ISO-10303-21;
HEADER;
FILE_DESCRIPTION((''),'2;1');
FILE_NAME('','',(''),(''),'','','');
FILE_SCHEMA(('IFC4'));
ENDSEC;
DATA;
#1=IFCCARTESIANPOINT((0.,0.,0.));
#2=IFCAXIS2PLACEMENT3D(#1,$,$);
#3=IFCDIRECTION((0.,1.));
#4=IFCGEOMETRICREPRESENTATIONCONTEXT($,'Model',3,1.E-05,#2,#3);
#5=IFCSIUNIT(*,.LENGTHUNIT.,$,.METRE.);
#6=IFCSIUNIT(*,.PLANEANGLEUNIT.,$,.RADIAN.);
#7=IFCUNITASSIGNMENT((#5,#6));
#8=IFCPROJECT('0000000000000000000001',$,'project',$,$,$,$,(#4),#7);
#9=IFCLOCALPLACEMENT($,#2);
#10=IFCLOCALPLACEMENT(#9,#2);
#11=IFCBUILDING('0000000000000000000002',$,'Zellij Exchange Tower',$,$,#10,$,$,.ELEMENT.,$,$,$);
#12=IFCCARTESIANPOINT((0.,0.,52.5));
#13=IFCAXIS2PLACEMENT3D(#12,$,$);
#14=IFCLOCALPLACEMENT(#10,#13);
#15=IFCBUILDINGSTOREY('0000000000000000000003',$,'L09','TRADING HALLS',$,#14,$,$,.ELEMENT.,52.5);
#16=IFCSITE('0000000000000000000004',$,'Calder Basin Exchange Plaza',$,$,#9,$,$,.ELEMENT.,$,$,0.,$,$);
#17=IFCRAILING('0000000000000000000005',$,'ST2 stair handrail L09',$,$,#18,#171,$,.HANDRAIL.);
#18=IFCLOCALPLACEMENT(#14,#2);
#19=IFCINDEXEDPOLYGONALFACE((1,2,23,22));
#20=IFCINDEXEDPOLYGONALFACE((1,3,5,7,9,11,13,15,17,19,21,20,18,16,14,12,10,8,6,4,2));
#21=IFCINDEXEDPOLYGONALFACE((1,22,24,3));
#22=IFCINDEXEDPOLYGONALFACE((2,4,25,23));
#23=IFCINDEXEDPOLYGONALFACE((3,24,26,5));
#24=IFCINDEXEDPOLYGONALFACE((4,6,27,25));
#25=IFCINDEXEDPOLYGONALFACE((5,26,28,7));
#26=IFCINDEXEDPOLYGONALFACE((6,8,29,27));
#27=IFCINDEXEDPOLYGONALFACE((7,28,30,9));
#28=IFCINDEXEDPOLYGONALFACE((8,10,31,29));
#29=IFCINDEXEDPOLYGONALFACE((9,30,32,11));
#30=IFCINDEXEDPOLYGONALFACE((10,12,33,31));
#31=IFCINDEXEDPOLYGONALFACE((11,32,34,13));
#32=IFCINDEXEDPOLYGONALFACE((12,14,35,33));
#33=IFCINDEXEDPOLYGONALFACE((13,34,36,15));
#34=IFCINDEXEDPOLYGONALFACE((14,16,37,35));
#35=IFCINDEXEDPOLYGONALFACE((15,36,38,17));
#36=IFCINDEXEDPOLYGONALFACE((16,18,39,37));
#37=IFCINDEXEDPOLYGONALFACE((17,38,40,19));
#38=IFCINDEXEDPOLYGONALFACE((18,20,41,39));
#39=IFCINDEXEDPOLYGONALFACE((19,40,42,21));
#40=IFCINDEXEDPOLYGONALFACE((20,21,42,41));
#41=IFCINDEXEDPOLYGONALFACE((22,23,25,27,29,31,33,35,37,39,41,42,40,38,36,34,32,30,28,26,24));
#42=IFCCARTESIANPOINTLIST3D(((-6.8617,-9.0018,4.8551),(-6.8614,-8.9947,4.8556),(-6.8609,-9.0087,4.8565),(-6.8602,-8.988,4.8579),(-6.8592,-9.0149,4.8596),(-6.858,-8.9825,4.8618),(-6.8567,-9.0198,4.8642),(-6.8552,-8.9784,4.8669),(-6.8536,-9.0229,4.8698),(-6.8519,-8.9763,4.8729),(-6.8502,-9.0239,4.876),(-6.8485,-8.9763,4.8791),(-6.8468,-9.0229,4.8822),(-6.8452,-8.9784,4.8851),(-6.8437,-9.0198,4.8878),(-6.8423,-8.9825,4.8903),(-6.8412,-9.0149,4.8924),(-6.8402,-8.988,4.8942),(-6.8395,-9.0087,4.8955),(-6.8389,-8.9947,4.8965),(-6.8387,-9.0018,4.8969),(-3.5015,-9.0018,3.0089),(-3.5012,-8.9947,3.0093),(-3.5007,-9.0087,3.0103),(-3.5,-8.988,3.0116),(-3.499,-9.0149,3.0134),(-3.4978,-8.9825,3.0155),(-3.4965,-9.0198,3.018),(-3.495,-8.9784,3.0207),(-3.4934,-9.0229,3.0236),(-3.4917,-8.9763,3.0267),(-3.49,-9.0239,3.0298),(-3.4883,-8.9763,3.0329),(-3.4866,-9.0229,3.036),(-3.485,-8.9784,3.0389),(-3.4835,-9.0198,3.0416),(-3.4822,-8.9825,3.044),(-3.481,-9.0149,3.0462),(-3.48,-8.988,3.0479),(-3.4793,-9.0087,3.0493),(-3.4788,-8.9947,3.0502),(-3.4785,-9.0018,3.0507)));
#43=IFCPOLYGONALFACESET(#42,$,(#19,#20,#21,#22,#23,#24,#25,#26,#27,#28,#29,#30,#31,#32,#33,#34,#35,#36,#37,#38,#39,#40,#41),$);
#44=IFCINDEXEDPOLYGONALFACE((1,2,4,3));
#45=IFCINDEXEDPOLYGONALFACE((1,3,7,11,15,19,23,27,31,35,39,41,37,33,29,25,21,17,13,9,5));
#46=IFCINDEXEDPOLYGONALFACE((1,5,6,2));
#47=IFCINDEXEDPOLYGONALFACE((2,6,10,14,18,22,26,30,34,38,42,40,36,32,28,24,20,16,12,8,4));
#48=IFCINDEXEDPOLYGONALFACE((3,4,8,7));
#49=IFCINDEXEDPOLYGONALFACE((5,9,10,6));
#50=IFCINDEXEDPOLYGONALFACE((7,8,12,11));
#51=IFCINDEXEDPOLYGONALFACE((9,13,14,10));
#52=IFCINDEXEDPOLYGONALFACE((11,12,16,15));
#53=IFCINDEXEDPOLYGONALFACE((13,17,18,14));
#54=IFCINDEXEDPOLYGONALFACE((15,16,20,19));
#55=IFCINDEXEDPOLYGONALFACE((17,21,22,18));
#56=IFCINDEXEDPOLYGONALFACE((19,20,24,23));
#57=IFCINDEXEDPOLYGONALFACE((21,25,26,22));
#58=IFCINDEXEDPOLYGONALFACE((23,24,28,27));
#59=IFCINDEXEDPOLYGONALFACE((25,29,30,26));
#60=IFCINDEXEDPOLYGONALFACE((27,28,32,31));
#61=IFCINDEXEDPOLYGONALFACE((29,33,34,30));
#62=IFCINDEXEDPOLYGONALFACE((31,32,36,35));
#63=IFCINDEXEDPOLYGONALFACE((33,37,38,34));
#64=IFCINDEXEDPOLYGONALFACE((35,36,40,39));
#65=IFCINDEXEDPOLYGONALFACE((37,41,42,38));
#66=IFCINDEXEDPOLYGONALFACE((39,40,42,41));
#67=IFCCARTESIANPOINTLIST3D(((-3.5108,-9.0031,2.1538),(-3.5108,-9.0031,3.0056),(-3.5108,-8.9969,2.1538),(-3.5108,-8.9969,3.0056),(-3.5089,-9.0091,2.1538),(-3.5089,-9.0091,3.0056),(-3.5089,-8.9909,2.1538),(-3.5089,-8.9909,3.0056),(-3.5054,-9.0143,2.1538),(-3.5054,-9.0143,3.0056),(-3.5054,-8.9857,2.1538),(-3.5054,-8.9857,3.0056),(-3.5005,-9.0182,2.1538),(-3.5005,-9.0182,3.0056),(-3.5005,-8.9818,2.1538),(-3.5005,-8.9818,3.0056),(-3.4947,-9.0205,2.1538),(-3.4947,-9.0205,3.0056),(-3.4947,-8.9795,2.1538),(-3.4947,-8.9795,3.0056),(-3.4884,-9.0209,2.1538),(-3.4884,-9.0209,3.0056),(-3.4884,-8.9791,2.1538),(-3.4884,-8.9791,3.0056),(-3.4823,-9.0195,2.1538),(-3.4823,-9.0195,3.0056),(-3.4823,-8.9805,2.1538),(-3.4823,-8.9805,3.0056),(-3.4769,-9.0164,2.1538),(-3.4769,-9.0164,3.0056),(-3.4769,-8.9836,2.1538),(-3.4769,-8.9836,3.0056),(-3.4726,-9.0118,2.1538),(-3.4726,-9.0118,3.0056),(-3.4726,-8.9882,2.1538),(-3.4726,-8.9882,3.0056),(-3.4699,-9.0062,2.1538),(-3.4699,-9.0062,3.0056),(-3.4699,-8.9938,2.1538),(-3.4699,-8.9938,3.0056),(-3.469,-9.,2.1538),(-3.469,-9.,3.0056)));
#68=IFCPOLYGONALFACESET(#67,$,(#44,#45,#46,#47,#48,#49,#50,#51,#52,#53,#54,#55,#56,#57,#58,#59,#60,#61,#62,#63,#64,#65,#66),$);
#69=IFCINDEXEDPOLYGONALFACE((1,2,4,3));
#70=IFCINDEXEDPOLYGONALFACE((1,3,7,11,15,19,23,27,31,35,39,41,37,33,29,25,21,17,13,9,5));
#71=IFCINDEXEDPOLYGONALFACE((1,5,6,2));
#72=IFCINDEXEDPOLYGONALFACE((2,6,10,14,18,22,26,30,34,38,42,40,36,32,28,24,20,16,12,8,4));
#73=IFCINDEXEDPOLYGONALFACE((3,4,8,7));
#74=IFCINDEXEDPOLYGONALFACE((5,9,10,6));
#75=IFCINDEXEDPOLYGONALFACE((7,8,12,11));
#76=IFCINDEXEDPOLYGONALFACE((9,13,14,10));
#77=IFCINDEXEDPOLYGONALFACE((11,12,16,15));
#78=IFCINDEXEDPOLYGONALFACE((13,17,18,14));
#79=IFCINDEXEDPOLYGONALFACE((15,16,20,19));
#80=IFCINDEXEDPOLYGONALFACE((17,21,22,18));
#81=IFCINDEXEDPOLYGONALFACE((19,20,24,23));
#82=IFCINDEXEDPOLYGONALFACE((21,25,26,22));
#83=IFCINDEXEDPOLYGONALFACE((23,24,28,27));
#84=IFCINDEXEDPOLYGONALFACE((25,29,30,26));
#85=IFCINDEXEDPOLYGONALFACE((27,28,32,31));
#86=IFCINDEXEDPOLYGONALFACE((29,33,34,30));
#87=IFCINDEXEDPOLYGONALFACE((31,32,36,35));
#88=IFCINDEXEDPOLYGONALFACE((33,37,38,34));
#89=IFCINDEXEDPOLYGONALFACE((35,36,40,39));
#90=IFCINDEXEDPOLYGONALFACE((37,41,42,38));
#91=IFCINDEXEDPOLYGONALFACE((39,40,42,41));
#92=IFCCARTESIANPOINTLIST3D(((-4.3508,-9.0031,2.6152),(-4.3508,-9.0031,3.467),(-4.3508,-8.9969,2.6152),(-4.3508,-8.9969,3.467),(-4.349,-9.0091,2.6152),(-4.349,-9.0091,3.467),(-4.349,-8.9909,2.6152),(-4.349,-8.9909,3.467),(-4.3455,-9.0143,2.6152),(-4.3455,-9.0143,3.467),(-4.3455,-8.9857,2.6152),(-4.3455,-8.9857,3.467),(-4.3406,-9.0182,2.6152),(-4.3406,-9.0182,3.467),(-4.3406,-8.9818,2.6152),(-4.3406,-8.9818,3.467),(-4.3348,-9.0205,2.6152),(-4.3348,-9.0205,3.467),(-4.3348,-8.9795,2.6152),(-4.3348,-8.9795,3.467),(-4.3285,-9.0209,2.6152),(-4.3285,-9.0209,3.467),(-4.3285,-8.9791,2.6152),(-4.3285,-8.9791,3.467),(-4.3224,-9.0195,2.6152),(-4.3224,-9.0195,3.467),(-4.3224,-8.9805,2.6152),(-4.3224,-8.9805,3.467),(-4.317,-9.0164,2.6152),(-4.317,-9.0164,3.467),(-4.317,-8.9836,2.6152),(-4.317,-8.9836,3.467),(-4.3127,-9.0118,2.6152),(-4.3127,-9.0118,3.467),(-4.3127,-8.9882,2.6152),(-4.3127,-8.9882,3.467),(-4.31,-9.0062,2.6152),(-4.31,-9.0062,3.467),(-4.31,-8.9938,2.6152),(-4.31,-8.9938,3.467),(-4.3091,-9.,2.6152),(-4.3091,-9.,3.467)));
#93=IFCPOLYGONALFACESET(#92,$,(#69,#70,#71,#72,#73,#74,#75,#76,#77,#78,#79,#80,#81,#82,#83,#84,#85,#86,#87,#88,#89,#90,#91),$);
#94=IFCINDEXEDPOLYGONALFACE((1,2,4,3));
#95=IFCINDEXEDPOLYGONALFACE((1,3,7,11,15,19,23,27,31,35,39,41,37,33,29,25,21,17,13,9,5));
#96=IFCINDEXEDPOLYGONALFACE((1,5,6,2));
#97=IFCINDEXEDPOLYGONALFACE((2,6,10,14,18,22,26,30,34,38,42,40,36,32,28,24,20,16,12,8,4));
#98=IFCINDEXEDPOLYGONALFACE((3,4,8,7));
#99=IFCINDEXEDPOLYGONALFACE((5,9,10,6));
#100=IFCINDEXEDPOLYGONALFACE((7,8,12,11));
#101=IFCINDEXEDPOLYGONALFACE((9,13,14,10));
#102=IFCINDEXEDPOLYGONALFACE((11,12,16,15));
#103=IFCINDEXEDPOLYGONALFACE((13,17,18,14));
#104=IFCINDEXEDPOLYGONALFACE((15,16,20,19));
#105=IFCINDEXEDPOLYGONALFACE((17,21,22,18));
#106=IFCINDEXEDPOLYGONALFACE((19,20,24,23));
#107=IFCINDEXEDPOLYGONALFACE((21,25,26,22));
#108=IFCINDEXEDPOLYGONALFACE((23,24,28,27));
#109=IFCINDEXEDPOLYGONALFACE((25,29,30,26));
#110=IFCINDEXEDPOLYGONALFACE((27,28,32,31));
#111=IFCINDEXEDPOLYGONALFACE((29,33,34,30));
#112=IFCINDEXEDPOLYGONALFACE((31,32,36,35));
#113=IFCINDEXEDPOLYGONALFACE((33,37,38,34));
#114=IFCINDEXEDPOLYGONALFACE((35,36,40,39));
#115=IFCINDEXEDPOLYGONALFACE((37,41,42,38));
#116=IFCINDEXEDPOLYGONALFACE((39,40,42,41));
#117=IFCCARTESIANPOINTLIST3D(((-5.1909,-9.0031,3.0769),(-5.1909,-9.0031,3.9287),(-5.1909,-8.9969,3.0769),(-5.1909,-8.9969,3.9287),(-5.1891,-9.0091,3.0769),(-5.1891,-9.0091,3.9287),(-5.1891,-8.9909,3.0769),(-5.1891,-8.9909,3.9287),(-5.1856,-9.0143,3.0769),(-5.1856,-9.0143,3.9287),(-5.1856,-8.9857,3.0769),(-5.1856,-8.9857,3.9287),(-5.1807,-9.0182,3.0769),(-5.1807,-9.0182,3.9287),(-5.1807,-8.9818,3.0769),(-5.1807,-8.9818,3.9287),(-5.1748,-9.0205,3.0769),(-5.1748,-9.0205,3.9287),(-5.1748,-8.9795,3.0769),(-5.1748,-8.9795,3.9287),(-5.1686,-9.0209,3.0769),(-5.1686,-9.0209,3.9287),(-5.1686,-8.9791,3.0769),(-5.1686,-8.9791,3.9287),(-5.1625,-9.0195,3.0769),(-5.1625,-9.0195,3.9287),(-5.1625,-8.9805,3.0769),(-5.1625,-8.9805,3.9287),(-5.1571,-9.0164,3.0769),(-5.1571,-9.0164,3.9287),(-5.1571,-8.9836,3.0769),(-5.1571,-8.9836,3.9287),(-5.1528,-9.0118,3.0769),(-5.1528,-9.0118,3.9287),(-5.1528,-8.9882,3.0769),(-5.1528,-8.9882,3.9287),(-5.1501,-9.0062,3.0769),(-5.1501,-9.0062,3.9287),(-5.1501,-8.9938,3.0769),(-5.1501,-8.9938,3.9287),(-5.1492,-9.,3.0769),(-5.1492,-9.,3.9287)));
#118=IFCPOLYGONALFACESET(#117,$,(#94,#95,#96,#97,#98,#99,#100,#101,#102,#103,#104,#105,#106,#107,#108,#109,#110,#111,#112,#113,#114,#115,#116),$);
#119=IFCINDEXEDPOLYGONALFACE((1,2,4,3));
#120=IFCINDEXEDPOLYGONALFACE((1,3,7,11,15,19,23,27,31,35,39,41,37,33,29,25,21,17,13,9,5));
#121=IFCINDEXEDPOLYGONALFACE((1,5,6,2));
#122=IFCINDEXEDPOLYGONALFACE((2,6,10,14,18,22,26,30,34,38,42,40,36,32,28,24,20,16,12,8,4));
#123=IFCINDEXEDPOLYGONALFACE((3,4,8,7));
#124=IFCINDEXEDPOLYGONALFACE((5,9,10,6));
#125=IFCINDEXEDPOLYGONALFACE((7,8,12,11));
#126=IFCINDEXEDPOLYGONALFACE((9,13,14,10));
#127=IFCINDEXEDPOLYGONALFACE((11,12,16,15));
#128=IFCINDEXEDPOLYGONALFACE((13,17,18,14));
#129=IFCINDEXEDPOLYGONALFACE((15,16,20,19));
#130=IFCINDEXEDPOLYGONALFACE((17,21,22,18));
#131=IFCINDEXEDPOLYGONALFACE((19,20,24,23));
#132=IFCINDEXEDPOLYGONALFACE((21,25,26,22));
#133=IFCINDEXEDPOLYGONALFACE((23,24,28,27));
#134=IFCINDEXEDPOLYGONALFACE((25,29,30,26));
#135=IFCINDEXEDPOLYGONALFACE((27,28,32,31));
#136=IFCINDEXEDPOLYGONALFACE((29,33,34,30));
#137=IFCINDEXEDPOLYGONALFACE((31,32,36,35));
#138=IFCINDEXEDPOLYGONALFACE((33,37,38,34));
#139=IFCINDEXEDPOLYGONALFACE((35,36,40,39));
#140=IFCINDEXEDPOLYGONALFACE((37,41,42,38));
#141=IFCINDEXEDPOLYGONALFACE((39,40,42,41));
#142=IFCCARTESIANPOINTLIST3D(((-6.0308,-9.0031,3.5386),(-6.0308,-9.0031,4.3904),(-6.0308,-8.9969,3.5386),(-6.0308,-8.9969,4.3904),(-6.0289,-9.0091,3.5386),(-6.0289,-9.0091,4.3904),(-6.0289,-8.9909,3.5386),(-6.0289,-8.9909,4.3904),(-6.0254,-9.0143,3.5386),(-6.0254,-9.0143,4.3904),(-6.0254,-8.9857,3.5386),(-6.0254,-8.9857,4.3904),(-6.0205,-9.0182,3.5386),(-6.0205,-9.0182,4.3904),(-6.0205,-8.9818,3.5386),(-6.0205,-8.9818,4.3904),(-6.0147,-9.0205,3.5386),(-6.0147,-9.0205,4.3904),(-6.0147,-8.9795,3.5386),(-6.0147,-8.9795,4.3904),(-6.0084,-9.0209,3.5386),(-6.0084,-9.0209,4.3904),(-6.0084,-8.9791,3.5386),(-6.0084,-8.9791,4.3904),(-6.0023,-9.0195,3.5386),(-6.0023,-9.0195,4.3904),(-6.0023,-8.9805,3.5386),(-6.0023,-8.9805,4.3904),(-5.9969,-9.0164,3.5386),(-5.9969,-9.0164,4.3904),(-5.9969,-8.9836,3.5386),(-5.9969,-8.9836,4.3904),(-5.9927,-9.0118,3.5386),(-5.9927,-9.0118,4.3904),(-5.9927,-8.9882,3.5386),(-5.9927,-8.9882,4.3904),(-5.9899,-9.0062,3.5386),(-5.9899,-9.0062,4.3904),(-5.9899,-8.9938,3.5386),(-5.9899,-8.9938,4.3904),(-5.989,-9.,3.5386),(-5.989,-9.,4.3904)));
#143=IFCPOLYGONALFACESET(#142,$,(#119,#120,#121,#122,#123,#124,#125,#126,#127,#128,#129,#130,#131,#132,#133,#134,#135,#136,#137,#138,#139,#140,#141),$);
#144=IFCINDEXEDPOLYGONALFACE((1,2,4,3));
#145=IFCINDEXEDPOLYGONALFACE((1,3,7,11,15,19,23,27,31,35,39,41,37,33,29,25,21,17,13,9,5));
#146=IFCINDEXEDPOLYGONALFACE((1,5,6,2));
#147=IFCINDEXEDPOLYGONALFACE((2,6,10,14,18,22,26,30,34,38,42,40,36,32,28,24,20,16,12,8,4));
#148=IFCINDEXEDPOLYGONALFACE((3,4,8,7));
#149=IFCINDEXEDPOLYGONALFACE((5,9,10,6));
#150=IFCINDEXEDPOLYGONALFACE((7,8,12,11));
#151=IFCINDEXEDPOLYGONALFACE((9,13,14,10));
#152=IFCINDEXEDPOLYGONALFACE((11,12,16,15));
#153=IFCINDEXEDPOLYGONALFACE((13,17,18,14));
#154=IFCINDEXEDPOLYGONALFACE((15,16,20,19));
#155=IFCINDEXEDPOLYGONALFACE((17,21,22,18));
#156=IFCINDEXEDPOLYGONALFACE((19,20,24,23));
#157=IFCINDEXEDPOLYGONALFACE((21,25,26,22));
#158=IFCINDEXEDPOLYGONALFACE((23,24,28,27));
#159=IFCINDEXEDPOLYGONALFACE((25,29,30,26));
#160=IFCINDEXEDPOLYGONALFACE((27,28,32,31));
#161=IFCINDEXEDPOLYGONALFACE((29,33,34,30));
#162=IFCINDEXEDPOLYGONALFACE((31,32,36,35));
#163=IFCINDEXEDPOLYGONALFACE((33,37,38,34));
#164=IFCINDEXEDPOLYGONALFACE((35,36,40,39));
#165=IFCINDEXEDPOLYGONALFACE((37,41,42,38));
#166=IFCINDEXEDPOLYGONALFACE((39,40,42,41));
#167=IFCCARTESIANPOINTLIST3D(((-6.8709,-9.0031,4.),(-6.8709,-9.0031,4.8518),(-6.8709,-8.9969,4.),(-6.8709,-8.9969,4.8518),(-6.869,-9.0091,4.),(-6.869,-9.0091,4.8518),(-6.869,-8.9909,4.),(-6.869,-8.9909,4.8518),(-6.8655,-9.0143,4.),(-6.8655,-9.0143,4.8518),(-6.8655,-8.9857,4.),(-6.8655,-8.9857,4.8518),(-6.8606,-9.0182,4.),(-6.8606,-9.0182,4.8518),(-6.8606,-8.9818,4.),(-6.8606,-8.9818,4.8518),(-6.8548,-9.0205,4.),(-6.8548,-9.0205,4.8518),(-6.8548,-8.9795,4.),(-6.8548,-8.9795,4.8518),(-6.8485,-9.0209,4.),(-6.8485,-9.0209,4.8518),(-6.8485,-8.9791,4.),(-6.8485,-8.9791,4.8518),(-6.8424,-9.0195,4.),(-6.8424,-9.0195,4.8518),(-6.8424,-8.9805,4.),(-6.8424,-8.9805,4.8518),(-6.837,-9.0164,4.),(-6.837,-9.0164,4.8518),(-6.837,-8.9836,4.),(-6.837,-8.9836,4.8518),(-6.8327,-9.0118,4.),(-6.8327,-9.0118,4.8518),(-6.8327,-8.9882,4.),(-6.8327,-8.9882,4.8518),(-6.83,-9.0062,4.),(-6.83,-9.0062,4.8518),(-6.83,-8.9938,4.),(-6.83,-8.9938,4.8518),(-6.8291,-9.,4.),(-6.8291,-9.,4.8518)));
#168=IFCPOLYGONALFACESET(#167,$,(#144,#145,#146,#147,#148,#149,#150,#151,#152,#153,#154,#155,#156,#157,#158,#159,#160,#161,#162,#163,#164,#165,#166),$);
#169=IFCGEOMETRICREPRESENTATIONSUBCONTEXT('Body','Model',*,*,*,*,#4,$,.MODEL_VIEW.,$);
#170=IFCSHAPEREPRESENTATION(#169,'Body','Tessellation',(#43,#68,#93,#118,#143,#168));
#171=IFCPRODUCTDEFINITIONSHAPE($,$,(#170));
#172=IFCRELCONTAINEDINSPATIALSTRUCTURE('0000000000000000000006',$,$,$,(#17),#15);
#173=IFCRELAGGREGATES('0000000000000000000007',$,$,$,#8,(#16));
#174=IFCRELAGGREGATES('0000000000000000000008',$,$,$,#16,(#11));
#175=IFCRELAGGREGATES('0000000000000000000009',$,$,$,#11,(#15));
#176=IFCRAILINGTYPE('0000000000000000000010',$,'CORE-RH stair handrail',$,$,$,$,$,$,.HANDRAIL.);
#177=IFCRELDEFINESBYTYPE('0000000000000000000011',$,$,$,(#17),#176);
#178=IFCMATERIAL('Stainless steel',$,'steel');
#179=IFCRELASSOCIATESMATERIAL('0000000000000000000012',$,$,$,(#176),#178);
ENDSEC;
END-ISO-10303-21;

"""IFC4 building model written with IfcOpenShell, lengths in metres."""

from ifc_helpers import new_model, si_unit, direction, frame, origin, origin_2d, place, context, subcontext, project, spatial, circle, extrude, material, type_object, element, save


model = new_model("IFC4")

# Units and contexts
model_context = context("Model", 3, precision=1e-05, world=origin(), true_north=direction((0.0, 1.0)))
body_context = subcontext(model_context, "Body", "Model", "MODEL_VIEW")
ifc_project = project(units=[si_unit("LENGTHUNIT", "METRE"), si_unit("PLANEANGLEUNIT", "RADIAN")], contexts=[model_context])

# Site, building, storey
site_placement = place(None, origin())
site = spatial("IfcSite", under=ifc_project, at=site_placement, Name="Calder Basin Exchange Plaza", CompositionType="ELEMENT", RefElevation=0.0)
building_placement = place(site_placement, origin())
building = spatial("IfcBuilding", under=site, at=building_placement, Name="Zellij Exchange Tower", CompositionType="ELEMENT")
storey_placement = place(building_placement, frame((0.0, 0.0, 52.5)))
storey = spatial("IfcBuildingStorey", under=building, at=storey_placement, Name="L09", Description="TRADING HALLS", CompositionType="ELEMENT", Elevation=52.5)

# Railing
ifc_material_1 = material(Name="Stainless steel", Category="steel")
railing_type_1 = type_object("IfcRailingType", Name="CORE-RH stair handrail", PredefinedType="HANDRAIL", material=ifc_material_1)
railing_1_placement = place(storey_placement, frame((-3.49, -9.0, 2.1538)))
element("IfcRailing", 1, at=railing_1_placement, inside=storey, type_object=railing_type_1, Name="ST2 stair handrail L09", PredefinedType="HANDRAIL", context=body_context, shape_type="SweptSolid", body=[
    extrude(circle(Radius=0.0239, at=origin_2d()), frame((0.0, 0.0, 0.876), z_axis=(-0.876422, 0.0, 0.481545), x_axis=(0.0, -1.0, 0.0)), (0.0, 0.0, 1.0), 3.834),
    extrude(circle(Radius=0.021, at=origin_2d()), origin(), (0.0, 0.0, 1.0), 0.8518),
    extrude(circle(Radius=0.021, at=origin_2d()), frame((-0.8401, 0.0, 0.4614)), (0.0, 0.0, 1.0), 0.8518),
    extrude(circle(Radius=0.021, at=origin_2d()), frame((-1.6802, 0.0, 0.9231)), (0.0, 0.0, 1.0), 0.8518),
    extrude(circle(Radius=0.021, at=origin_2d()), frame((-2.52, 0.0, 1.3848)), (0.0, 0.0, 1.0), 0.8518),
    extrude(circle(Radius=0.021, at=origin_2d()), frame((-3.3601, 0.0, 1.8462)), (0.0, 0.0, 1.0), 0.8518),
])

save(model, "model.ifc")
